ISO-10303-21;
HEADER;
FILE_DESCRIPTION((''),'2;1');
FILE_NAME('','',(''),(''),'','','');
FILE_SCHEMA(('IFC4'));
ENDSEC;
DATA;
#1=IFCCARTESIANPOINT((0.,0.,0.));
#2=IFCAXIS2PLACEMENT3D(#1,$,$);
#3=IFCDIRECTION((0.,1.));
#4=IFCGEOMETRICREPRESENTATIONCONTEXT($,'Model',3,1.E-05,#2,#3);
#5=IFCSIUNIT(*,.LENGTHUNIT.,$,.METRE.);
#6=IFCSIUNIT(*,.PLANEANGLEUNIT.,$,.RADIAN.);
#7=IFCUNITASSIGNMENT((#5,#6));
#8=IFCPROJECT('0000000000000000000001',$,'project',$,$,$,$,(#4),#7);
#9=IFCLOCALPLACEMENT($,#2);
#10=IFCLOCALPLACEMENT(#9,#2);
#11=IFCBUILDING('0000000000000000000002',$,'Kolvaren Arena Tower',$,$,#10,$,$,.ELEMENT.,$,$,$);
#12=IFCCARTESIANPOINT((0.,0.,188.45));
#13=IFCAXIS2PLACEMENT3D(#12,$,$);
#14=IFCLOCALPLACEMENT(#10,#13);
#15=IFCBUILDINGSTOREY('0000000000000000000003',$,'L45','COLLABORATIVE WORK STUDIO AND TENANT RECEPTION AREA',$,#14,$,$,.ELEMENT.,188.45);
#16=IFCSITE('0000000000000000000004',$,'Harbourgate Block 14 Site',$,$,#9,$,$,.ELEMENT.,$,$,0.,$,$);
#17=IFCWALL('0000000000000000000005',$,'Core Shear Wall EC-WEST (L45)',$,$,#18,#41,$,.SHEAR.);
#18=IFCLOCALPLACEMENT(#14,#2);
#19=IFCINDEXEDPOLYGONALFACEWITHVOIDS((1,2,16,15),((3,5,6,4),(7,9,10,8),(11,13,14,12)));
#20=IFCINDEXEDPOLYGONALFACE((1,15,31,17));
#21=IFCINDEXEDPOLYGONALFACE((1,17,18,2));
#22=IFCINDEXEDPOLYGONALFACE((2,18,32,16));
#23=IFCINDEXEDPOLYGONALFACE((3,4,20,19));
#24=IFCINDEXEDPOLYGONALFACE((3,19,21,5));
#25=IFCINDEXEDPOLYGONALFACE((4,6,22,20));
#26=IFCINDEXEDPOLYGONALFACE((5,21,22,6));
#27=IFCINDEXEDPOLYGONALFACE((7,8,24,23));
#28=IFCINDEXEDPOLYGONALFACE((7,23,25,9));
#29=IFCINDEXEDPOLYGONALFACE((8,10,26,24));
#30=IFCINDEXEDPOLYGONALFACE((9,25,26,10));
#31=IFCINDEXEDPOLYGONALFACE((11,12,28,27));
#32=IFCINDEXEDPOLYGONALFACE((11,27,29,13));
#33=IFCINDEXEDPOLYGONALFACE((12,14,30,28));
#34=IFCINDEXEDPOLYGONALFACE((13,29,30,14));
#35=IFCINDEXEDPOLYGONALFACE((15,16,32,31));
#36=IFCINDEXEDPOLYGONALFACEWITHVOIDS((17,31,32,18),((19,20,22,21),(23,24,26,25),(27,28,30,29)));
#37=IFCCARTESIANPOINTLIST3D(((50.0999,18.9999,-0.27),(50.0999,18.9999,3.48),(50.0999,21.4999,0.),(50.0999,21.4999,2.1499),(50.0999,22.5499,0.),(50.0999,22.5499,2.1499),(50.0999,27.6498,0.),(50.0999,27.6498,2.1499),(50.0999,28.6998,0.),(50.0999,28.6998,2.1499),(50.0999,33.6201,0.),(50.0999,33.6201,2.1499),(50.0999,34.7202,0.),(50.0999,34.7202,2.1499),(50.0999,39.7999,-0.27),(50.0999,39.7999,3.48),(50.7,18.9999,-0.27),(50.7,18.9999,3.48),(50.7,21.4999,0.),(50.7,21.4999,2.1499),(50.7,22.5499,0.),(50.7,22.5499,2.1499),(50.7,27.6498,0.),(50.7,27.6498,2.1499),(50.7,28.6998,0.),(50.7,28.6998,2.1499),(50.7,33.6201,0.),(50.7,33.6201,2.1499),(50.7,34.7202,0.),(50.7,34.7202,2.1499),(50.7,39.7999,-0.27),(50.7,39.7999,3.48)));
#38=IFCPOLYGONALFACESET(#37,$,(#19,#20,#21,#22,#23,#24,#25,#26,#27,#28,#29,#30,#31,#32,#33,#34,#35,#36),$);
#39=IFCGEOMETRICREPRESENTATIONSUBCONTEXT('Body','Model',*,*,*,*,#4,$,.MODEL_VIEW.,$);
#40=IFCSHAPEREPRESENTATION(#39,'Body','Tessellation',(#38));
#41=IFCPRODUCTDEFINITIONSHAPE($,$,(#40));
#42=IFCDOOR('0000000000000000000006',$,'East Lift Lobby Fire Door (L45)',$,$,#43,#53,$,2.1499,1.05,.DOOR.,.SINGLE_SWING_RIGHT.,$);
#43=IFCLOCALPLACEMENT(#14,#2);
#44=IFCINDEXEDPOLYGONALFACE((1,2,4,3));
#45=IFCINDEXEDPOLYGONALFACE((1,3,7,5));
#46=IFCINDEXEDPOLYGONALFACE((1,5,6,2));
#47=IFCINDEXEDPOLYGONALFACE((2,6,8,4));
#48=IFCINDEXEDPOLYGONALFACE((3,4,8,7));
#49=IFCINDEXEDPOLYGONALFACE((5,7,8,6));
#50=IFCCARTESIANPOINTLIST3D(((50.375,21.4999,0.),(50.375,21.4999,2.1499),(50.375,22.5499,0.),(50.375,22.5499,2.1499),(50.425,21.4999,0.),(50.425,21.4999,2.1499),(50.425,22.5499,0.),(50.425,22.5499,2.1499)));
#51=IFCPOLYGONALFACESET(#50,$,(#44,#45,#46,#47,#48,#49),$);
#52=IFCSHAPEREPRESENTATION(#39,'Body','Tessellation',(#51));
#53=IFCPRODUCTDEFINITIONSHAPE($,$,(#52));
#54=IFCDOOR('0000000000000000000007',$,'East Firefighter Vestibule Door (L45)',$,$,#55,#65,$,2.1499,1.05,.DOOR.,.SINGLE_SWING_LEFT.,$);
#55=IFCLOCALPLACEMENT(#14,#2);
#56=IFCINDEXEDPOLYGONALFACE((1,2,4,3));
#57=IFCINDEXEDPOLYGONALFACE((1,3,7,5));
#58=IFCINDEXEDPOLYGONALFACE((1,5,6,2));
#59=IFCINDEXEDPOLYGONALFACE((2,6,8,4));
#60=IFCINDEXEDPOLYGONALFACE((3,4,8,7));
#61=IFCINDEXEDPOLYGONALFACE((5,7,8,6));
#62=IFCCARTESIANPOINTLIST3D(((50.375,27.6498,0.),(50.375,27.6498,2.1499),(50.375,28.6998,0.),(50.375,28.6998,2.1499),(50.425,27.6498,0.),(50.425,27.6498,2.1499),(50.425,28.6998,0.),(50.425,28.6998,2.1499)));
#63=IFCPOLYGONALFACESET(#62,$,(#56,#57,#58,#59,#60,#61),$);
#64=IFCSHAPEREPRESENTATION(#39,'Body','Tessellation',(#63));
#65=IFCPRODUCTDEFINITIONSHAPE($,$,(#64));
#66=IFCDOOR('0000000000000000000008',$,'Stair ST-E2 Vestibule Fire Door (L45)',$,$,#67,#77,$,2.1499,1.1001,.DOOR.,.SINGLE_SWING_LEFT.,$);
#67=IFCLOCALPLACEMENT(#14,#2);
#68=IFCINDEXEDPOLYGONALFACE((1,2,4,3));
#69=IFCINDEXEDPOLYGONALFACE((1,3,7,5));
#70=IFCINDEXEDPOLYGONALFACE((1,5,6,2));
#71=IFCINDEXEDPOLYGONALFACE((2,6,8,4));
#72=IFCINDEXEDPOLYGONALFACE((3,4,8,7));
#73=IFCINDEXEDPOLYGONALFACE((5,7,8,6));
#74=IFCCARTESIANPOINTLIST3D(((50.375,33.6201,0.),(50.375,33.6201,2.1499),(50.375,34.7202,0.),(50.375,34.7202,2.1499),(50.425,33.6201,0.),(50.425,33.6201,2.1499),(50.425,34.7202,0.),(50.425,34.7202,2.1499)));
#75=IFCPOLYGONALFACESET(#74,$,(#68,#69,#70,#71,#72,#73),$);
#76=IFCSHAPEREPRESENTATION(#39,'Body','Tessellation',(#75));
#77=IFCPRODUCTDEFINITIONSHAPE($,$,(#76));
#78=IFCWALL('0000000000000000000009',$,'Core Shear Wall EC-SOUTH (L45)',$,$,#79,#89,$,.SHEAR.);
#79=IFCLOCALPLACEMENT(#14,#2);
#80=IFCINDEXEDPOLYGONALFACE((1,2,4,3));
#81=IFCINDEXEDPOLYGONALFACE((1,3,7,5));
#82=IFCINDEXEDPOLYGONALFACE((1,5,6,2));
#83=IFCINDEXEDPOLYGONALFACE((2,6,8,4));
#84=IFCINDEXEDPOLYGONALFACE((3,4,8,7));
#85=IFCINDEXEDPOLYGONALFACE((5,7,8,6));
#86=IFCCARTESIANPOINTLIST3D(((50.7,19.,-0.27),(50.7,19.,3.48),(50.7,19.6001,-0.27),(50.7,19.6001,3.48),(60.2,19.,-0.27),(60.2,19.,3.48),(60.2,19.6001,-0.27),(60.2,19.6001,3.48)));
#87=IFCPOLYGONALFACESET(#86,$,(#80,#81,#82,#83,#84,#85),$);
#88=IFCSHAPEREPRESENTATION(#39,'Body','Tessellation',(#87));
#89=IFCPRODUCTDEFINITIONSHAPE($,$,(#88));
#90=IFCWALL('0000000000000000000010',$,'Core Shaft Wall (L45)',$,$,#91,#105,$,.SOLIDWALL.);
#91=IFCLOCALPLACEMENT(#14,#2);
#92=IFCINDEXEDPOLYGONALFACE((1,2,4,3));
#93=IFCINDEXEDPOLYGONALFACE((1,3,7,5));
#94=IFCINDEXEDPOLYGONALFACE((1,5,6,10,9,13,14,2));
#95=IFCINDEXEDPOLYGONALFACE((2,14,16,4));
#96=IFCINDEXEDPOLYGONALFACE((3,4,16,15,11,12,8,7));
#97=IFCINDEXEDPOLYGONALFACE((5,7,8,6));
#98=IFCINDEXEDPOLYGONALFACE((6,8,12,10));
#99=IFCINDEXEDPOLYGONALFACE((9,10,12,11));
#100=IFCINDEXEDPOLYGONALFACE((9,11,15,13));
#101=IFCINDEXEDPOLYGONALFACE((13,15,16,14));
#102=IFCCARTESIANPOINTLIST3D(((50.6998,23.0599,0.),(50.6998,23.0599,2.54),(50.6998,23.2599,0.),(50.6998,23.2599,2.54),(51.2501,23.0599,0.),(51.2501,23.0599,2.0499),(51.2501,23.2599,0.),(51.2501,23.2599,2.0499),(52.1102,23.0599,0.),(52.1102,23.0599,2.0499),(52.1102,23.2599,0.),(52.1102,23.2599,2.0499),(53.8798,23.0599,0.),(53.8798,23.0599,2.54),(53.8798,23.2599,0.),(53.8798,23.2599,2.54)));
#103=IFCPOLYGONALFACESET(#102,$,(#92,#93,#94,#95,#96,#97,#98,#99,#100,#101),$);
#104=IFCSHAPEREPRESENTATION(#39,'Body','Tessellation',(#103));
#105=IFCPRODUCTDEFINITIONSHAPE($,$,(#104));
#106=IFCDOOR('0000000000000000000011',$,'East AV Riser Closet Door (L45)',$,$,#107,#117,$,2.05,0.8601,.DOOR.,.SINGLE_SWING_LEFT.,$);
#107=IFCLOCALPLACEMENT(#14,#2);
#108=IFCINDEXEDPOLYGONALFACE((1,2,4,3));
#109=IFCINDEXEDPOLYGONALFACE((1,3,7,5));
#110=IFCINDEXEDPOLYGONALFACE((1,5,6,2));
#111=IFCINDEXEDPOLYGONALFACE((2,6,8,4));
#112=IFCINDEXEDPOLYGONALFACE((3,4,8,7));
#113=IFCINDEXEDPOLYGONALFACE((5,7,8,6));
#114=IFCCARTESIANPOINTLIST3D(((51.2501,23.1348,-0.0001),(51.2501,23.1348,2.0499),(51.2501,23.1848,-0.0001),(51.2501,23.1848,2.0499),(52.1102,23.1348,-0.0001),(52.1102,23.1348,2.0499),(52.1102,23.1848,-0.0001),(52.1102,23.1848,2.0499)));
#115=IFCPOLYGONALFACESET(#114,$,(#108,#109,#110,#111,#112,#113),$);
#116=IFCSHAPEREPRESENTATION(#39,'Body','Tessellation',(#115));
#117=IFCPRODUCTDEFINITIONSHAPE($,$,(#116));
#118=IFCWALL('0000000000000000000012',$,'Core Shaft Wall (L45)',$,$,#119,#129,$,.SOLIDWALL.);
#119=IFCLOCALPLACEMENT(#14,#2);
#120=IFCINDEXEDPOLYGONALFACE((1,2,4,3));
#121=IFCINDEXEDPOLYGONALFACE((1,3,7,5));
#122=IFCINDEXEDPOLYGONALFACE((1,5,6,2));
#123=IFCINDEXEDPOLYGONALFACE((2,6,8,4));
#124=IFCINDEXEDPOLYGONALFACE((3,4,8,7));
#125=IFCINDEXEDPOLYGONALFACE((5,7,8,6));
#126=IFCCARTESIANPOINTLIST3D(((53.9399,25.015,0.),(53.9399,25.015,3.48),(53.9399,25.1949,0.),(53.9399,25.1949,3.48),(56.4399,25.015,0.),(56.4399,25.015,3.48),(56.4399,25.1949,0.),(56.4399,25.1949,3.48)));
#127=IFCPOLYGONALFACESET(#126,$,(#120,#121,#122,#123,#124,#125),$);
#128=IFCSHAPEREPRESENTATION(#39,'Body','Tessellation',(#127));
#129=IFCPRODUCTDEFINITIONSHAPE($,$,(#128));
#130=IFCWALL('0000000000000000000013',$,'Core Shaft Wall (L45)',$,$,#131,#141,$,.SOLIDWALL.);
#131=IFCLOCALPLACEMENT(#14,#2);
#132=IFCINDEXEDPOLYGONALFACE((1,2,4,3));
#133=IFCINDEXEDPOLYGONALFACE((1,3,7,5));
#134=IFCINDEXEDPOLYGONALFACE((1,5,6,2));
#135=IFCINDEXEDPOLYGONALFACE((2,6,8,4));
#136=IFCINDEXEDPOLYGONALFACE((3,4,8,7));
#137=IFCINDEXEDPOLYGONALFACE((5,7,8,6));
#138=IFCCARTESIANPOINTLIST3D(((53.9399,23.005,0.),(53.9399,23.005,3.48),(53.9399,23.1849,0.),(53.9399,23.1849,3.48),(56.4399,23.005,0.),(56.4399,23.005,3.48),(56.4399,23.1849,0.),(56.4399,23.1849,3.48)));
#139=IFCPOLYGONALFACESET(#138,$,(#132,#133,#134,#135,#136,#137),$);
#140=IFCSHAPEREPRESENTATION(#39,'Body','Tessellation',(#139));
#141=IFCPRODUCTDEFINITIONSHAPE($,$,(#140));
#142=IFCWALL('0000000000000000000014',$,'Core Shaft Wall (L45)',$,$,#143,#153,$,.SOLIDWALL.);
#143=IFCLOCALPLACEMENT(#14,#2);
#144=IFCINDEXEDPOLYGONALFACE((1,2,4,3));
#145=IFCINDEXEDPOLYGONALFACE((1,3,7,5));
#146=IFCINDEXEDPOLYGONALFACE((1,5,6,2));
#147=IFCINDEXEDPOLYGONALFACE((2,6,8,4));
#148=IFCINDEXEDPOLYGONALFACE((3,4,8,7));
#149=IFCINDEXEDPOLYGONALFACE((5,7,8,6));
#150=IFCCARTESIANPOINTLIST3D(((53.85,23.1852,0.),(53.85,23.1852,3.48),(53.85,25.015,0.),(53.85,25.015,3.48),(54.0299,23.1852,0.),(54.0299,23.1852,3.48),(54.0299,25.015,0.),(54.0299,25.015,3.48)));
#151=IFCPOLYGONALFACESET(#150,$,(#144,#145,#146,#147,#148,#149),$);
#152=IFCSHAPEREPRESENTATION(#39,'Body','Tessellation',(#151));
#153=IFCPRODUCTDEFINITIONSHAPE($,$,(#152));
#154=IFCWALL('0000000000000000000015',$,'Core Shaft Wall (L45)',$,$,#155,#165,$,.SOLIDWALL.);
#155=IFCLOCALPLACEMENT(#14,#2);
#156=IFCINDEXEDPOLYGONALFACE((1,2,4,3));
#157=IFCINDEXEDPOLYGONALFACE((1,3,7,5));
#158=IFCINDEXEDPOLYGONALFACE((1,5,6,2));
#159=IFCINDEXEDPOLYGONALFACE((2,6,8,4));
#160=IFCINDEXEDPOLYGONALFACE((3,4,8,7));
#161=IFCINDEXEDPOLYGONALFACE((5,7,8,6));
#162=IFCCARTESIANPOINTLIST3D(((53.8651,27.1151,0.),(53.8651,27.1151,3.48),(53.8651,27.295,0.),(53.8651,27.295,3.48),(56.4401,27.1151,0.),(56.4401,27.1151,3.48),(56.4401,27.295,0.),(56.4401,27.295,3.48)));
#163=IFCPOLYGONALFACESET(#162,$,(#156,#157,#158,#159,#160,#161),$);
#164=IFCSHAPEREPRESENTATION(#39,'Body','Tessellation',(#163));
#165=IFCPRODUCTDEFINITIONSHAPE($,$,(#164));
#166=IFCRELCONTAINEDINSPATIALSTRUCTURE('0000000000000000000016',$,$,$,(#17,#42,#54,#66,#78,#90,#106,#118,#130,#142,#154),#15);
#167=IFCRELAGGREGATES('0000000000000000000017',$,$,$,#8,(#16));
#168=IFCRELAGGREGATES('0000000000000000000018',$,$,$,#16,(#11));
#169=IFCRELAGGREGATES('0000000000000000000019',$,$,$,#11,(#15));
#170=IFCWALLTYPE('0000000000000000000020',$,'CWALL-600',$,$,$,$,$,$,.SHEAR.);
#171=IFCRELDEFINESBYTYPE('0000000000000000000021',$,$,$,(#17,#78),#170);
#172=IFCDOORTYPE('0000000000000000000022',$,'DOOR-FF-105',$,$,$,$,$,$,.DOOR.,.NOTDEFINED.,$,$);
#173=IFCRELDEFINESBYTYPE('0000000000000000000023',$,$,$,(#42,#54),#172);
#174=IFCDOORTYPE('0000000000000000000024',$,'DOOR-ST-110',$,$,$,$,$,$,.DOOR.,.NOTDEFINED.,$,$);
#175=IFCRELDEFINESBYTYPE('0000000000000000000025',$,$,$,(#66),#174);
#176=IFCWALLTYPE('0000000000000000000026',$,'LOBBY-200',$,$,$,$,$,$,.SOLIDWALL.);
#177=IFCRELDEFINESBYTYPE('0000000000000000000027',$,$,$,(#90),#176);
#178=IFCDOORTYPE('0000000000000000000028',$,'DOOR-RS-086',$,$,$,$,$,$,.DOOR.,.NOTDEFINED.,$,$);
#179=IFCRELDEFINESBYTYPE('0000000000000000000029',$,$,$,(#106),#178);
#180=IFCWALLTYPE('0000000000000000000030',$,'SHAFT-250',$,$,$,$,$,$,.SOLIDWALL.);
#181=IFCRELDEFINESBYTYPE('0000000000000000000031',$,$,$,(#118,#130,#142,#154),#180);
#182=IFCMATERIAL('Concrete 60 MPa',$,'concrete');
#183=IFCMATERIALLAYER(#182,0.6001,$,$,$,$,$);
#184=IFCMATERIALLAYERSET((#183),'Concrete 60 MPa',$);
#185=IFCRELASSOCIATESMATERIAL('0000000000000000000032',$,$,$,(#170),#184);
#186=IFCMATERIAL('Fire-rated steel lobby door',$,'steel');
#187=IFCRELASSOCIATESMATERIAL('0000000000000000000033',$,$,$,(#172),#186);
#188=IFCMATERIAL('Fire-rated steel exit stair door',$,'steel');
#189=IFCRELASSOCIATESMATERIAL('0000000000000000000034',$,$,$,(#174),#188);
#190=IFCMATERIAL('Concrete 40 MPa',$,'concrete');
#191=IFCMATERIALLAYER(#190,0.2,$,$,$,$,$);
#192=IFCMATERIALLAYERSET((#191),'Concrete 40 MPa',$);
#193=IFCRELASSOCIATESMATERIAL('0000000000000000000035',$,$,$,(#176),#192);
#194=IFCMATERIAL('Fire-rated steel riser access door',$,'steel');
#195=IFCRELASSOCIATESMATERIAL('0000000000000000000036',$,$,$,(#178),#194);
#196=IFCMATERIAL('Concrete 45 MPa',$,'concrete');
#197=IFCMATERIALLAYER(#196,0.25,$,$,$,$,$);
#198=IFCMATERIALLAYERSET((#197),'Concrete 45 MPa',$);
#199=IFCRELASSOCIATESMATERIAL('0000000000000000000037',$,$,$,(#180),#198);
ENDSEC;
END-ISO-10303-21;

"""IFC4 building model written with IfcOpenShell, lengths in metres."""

from ifc_helpers import new_model, si_unit, direction, frame, frame_2d, origin, place, context, subcontext, project, spatial, rectangle, extrude, material, layer, layer_set, type_object, element, fill, save


model = new_model("IFC4")

# Units and contexts
model_context = context("Model", 3, precision=1e-05, world=origin(), true_north=direction((0.0, 1.0)))
body_context = subcontext(model_context, "Body", "Model", "MODEL_VIEW")
ifc_project = project(units=[si_unit("LENGTHUNIT", "METRE"), si_unit("PLANEANGLEUNIT", "RADIAN")], contexts=[model_context])

# Site, building, storey
site_placement = place(None, origin())
site = spatial("IfcSite", under=ifc_project, at=site_placement, Name="Harbourgate Block 14 Site", CompositionType="ELEMENT", RefElevation=0.0)
building_placement = place(site_placement, origin())
building = spatial("IfcBuilding", under=site, at=building_placement, Name="Kolvaren Arena Tower", CompositionType="ELEMENT")
storey_placement = place(building_placement, frame((0.0, 0.0, 188.45)))
storey = spatial("IfcBuildingStorey", under=building, at=storey_placement, Name="L45", Description="COLLABORATIVE WORK STUDIO AND TENANT RECEPTION AREA", CompositionType="ELEMENT", Elevation=188.45)

# Wall, openings, doors
ifc_material_1 = material(Name="Concrete 60 MPa", Category="concrete")
ifc_layer_1 = layer(ifc_material_1, 0.6001)
ifc_layer_set_1 = layer_set([ifc_layer_1], Name="Concrete 60 MPa")
wall_type_1 = type_object("IfcWallType", Name="CWALL-600", PredefinedType="SHEAR", material=ifc_layer_set_1)
wall_1_placement = place(storey_placement, frame((50.3999, 19.0, -0.27), z_axis=(0.0, 0.0, 1.0), x_axis=(0.0, 1.0, 0.0)))
wall_1 = element("IfcWall", 1, at=wall_1_placement, inside=storey, type_object=wall_type_1, Name="Core Shear Wall EC-WEST (L45)", PredefinedType="SHEAR", context=body_context, shape_type="SweptSolid", body=[
    extrude(rectangle(XDim=20.8, YDim=0.6001, at=frame_2d((10.3999, 0.0))), origin(), (0.0, 0.0, 1.0), 3.75),
])
opening_1_placement = place(wall_1_placement, frame((2.5, 0.0, 0.27)))
opening_1 = element("IfcOpeningElement", 2, at=opening_1_placement, cuts=wall_1, PredefinedType="OPENING", context=body_context, shape_type="SweptSolid", body=[
    extrude(rectangle(XDim=1.05, YDim=2.1499, at=frame_2d((0.5249, 1.075))), frame((0.0, 0.3101, 0.0), z_axis=(0.0, -1.0, 0.0), x_axis=(1.0, 0.0, 0.0)), (0.0, 0.0, 1.0), 0.6201),
])
opening_2_placement = place(wall_1_placement, frame((8.6499, 0.0, 0.27)))
opening_2 = element("IfcOpeningElement", 3, at=opening_2_placement, cuts=wall_1, PredefinedType="OPENING", context=body_context, shape_type="SweptSolid", body=[
    extrude(rectangle(XDim=1.05, YDim=2.1499, at=frame_2d((0.5249, 1.075))), frame((0.0, 0.3101, 0.0), z_axis=(0.0, -1.0, 0.0), x_axis=(1.0, 0.0, 0.0)), (0.0, 0.0, 1.0), 0.6201),
])
opening_3_placement = place(wall_1_placement, frame((14.6201, 0.0, 0.27)))
opening_3 = element("IfcOpeningElement", 4, at=opening_3_placement, cuts=wall_1, PredefinedType="OPENING", context=body_context, shape_type="SweptSolid", body=[
    extrude(rectangle(XDim=1.1001, YDim=2.1499, at=frame_2d((0.55, 1.075))), frame((0.0, 0.3101, 0.0), z_axis=(0.0, -1.0, 0.0), x_axis=(1.0, 0.0, 0.0)), (0.0, 0.0, 1.0), 0.6201),
])
ifc_material_2 = material(Name="Fire-rated steel lobby door", Category="steel")
door_type_1 = type_object("IfcDoorType", Name="DOOR-FF-105", OperationType="NOTDEFINED", PredefinedType="DOOR", material=ifc_material_2)
door_1_placement = place(opening_1_placement, origin())
door_1 = element("IfcDoor", 5, at=door_1_placement, inside=storey, type_object=door_type_1, Name="East Lift Lobby Fire Door (L45)", OperationType="SINGLE_SWING_RIGHT", OverallHeight=2.1499, OverallWidth=1.05, PredefinedType="DOOR", context=body_context, shape_type="SweptSolid", body=[
    extrude(rectangle(XDim=1.05, YDim=2.1499, at=frame_2d((0.5249, 1.075))), frame((0.0, 0.0249, 0.0), z_axis=(0.0, -1.0, 0.0), x_axis=(1.0, 0.0, 0.0)), (0.0, 0.0, 1.0), 0.05),
])
fill(opening_1, door_1)
door_2_placement = place(opening_2_placement, origin())
door_2 = element("IfcDoor", 6, at=door_2_placement, inside=storey, type_object=door_type_1, Name="East Firefighter Vestibule Door (L45)", OperationType="SINGLE_SWING_LEFT", OverallHeight=2.1499, OverallWidth=1.05, PredefinedType="DOOR", context=body_context, shape_type="SweptSolid", body=[
    extrude(rectangle(XDim=1.05, YDim=2.1499, at=frame_2d((0.5249, 1.075))), frame((0.0, 0.0249, 0.0), z_axis=(0.0, -1.0, 0.0), x_axis=(1.0, 0.0, 0.0)), (0.0, 0.0, 1.0), 0.05),
])
fill(opening_2, door_2)
ifc_material_3 = material(Name="Fire-rated steel exit stair door", Category="steel")
door_type_2 = type_object("IfcDoorType", Name="DOOR-ST-110", OperationType="NOTDEFINED", PredefinedType="DOOR", material=ifc_material_3)
door_3_placement = place(opening_3_placement, origin())
door_3 = element("IfcDoor", 7, at=door_3_placement, inside=storey, type_object=door_type_2, Name="Stair ST-E2 Vestibule Fire Door (L45)", OperationType="SINGLE_SWING_LEFT", OverallHeight=2.1499, OverallWidth=1.1001, PredefinedType="DOOR", context=body_context, shape_type="SweptSolid", body=[
    extrude(rectangle(XDim=1.1001, YDim=2.1499, at=frame_2d((0.55, 1.075))), frame((0.0, 0.0249, 0.0), z_axis=(0.0, -1.0, 0.0), x_axis=(1.0, 0.0, 0.0)), (0.0, 0.0, 1.0), 0.05),
])
fill(opening_3, door_3)

# Wall
wall_2_placement = place(storey_placement, frame((50.7, 19.3, -0.27), z_axis=(0.0, 0.0, 1.0), x_axis=(1.0, 0.0, 0.0)))
element("IfcWall", 8, at=wall_2_placement, inside=storey, type_object=wall_type_1, Name="Core Shear Wall EC-SOUTH (L45)", PredefinedType="SHEAR", context=body_context, shape_type="SweptSolid", body=[
    extrude(rectangle(XDim=9.5, YDim=0.6001, at=frame_2d((4.75, 0.0))), origin(), (0.0, 0.0, 1.0), 3.75),
])

# Shared definitions
ifc_material_4 = material(Name="Concrete 40 MPa", Category="concrete")
ifc_layer_2 = layer(ifc_material_4, 0.2)
ifc_layer_set_2 = layer_set([ifc_layer_2], Name="Concrete 40 MPa")
wall_type_2 = type_object("IfcWallType", Name="LOBBY-200", PredefinedType="SOLIDWALL", material=ifc_layer_set_2)

# Wall, opening, door
wall_3_placement = place(storey_placement, frame((50.7, 23.1599, 0.0), z_axis=(0.0, 0.0, 1.0), x_axis=(1.0, 0.0, 0.0)))
wall_3 = element("IfcWall", 9, at=wall_3_placement, inside=storey, type_object=wall_type_2, Name="Core Shaft Wall (L45)", PredefinedType="SOLIDWALL", context=body_context, shape_type="SweptSolid", body=[
    extrude(rectangle(XDim=3.1799, YDim=0.2, at=frame_2d((1.5898, 0.0))), origin(), (0.0, 0.0, 1.0), 2.54),
])
opening_4_placement = place(wall_3_placement, frame((0.55, 0.0, 0.0)))
opening_4 = element("IfcOpeningElement", 10, at=opening_4_placement, cuts=wall_3, PredefinedType="OPENING", context=body_context, shape_type="SweptSolid", body=[
    extrude(rectangle(XDim=0.8601, YDim=2.05, at=frame_2d((0.4302, 1.0249))), frame((0.0, 0.1099, 0.0), z_axis=(0.0, -1.0, 0.0), x_axis=(1.0, 0.0, 0.0)), (0.0, 0.0, 1.0), 0.22),
])
ifc_material_5 = material(Name="Fire-rated steel riser access door", Category="steel")
door_type_3 = type_object("IfcDoorType", Name="DOOR-RS-086", OperationType="NOTDEFINED", PredefinedType="DOOR", material=ifc_material_5)
door_4_placement = place(opening_4_placement, origin())
door_4 = element("IfcDoor", 11, at=door_4_placement, inside=storey, type_object=door_type_3, Name="East AV Riser Closet Door (L45)", OperationType="SINGLE_SWING_LEFT", OverallHeight=2.05, OverallWidth=0.8601, PredefinedType="DOOR", context=body_context, shape_type="SweptSolid", body=[
    extrude(rectangle(XDim=0.8601, YDim=2.05, at=frame_2d((0.4302, 1.0249))), frame((0.0, 0.0249, 0.0), z_axis=(0.0, -1.0, 0.0), x_axis=(1.0, 0.0, 0.0)), (0.0, 0.0, 1.0), 0.05),
])
fill(opening_4, door_4)

# Walls
ifc_material_6 = material(Name="Concrete 45 MPa", Category="concrete")
ifc_layer_3 = layer(ifc_material_6, 0.25)
ifc_layer_set_3 = layer_set([ifc_layer_3], Name="Concrete 45 MPa")
wall_type_3 = type_object("IfcWallType", Name="SHAFT-250", PredefinedType="SOLIDWALL", material=ifc_layer_set_3)
for number, where, z_axis, x_axis, name in (
    (12, (53.9399, 25.105, 0.0), (0.0, 0.0, 1.0), (1.0, 0.0, 0.0), "Core Shaft Wall (L45)"),
    (13, (53.9399, 23.095, 0.0), (0.0, 0.0, 1.0), (1.0, 0.0, 0.0), "Core Shaft Wall (L45)"),
):
    element("IfcWall", number, at=place(storey_placement, frame(where, z_axis=z_axis, x_axis=x_axis)), inside=storey, type_object=wall_type_3, Name=name, PredefinedType="SOLIDWALL", context=body_context, shape_type="SweptSolid", body=[
        extrude(rectangle(XDim=2.5, YDim=0.1799, at=frame_2d((1.25, 0.0))), origin(), (0.0, 0.0, 1.0), 3.48),
    ])
wall_4_placement = place(storey_placement, frame((53.9399, 23.1851, 0.0), z_axis=(0.0, 0.0, 1.0), x_axis=(0.0, 1.0, 0.0)))
element("IfcWall", 14, at=wall_4_placement, inside=storey, type_object=wall_type_3, Name="Core Shaft Wall (L45)", PredefinedType="SOLIDWALL", context=body_context, shape_type="SweptSolid", body=[
    extrude(rectangle(XDim=1.8298, YDim=0.1799, at=frame_2d((0.915, 0.0))), origin(), (0.0, 0.0, 1.0), 3.48),
])
wall_5_placement = place(storey_placement, frame((53.865, 27.2051, 0.0), z_axis=(0.0, 0.0, 1.0), x_axis=(1.0, 0.0, 0.0)))
element("IfcWall", 15, at=wall_5_placement, inside=storey, type_object=wall_type_3, Name="Core Shaft Wall (L45)", PredefinedType="SOLIDWALL", context=body_context, shape_type="SweptSolid", body=[
    extrude(rectangle(XDim=2.575, YDim=0.1799, at=frame_2d((1.2876, 0.0))), origin(), (0.0, 0.0, 1.0), 3.48),
])

save(model, "model.ifc")
